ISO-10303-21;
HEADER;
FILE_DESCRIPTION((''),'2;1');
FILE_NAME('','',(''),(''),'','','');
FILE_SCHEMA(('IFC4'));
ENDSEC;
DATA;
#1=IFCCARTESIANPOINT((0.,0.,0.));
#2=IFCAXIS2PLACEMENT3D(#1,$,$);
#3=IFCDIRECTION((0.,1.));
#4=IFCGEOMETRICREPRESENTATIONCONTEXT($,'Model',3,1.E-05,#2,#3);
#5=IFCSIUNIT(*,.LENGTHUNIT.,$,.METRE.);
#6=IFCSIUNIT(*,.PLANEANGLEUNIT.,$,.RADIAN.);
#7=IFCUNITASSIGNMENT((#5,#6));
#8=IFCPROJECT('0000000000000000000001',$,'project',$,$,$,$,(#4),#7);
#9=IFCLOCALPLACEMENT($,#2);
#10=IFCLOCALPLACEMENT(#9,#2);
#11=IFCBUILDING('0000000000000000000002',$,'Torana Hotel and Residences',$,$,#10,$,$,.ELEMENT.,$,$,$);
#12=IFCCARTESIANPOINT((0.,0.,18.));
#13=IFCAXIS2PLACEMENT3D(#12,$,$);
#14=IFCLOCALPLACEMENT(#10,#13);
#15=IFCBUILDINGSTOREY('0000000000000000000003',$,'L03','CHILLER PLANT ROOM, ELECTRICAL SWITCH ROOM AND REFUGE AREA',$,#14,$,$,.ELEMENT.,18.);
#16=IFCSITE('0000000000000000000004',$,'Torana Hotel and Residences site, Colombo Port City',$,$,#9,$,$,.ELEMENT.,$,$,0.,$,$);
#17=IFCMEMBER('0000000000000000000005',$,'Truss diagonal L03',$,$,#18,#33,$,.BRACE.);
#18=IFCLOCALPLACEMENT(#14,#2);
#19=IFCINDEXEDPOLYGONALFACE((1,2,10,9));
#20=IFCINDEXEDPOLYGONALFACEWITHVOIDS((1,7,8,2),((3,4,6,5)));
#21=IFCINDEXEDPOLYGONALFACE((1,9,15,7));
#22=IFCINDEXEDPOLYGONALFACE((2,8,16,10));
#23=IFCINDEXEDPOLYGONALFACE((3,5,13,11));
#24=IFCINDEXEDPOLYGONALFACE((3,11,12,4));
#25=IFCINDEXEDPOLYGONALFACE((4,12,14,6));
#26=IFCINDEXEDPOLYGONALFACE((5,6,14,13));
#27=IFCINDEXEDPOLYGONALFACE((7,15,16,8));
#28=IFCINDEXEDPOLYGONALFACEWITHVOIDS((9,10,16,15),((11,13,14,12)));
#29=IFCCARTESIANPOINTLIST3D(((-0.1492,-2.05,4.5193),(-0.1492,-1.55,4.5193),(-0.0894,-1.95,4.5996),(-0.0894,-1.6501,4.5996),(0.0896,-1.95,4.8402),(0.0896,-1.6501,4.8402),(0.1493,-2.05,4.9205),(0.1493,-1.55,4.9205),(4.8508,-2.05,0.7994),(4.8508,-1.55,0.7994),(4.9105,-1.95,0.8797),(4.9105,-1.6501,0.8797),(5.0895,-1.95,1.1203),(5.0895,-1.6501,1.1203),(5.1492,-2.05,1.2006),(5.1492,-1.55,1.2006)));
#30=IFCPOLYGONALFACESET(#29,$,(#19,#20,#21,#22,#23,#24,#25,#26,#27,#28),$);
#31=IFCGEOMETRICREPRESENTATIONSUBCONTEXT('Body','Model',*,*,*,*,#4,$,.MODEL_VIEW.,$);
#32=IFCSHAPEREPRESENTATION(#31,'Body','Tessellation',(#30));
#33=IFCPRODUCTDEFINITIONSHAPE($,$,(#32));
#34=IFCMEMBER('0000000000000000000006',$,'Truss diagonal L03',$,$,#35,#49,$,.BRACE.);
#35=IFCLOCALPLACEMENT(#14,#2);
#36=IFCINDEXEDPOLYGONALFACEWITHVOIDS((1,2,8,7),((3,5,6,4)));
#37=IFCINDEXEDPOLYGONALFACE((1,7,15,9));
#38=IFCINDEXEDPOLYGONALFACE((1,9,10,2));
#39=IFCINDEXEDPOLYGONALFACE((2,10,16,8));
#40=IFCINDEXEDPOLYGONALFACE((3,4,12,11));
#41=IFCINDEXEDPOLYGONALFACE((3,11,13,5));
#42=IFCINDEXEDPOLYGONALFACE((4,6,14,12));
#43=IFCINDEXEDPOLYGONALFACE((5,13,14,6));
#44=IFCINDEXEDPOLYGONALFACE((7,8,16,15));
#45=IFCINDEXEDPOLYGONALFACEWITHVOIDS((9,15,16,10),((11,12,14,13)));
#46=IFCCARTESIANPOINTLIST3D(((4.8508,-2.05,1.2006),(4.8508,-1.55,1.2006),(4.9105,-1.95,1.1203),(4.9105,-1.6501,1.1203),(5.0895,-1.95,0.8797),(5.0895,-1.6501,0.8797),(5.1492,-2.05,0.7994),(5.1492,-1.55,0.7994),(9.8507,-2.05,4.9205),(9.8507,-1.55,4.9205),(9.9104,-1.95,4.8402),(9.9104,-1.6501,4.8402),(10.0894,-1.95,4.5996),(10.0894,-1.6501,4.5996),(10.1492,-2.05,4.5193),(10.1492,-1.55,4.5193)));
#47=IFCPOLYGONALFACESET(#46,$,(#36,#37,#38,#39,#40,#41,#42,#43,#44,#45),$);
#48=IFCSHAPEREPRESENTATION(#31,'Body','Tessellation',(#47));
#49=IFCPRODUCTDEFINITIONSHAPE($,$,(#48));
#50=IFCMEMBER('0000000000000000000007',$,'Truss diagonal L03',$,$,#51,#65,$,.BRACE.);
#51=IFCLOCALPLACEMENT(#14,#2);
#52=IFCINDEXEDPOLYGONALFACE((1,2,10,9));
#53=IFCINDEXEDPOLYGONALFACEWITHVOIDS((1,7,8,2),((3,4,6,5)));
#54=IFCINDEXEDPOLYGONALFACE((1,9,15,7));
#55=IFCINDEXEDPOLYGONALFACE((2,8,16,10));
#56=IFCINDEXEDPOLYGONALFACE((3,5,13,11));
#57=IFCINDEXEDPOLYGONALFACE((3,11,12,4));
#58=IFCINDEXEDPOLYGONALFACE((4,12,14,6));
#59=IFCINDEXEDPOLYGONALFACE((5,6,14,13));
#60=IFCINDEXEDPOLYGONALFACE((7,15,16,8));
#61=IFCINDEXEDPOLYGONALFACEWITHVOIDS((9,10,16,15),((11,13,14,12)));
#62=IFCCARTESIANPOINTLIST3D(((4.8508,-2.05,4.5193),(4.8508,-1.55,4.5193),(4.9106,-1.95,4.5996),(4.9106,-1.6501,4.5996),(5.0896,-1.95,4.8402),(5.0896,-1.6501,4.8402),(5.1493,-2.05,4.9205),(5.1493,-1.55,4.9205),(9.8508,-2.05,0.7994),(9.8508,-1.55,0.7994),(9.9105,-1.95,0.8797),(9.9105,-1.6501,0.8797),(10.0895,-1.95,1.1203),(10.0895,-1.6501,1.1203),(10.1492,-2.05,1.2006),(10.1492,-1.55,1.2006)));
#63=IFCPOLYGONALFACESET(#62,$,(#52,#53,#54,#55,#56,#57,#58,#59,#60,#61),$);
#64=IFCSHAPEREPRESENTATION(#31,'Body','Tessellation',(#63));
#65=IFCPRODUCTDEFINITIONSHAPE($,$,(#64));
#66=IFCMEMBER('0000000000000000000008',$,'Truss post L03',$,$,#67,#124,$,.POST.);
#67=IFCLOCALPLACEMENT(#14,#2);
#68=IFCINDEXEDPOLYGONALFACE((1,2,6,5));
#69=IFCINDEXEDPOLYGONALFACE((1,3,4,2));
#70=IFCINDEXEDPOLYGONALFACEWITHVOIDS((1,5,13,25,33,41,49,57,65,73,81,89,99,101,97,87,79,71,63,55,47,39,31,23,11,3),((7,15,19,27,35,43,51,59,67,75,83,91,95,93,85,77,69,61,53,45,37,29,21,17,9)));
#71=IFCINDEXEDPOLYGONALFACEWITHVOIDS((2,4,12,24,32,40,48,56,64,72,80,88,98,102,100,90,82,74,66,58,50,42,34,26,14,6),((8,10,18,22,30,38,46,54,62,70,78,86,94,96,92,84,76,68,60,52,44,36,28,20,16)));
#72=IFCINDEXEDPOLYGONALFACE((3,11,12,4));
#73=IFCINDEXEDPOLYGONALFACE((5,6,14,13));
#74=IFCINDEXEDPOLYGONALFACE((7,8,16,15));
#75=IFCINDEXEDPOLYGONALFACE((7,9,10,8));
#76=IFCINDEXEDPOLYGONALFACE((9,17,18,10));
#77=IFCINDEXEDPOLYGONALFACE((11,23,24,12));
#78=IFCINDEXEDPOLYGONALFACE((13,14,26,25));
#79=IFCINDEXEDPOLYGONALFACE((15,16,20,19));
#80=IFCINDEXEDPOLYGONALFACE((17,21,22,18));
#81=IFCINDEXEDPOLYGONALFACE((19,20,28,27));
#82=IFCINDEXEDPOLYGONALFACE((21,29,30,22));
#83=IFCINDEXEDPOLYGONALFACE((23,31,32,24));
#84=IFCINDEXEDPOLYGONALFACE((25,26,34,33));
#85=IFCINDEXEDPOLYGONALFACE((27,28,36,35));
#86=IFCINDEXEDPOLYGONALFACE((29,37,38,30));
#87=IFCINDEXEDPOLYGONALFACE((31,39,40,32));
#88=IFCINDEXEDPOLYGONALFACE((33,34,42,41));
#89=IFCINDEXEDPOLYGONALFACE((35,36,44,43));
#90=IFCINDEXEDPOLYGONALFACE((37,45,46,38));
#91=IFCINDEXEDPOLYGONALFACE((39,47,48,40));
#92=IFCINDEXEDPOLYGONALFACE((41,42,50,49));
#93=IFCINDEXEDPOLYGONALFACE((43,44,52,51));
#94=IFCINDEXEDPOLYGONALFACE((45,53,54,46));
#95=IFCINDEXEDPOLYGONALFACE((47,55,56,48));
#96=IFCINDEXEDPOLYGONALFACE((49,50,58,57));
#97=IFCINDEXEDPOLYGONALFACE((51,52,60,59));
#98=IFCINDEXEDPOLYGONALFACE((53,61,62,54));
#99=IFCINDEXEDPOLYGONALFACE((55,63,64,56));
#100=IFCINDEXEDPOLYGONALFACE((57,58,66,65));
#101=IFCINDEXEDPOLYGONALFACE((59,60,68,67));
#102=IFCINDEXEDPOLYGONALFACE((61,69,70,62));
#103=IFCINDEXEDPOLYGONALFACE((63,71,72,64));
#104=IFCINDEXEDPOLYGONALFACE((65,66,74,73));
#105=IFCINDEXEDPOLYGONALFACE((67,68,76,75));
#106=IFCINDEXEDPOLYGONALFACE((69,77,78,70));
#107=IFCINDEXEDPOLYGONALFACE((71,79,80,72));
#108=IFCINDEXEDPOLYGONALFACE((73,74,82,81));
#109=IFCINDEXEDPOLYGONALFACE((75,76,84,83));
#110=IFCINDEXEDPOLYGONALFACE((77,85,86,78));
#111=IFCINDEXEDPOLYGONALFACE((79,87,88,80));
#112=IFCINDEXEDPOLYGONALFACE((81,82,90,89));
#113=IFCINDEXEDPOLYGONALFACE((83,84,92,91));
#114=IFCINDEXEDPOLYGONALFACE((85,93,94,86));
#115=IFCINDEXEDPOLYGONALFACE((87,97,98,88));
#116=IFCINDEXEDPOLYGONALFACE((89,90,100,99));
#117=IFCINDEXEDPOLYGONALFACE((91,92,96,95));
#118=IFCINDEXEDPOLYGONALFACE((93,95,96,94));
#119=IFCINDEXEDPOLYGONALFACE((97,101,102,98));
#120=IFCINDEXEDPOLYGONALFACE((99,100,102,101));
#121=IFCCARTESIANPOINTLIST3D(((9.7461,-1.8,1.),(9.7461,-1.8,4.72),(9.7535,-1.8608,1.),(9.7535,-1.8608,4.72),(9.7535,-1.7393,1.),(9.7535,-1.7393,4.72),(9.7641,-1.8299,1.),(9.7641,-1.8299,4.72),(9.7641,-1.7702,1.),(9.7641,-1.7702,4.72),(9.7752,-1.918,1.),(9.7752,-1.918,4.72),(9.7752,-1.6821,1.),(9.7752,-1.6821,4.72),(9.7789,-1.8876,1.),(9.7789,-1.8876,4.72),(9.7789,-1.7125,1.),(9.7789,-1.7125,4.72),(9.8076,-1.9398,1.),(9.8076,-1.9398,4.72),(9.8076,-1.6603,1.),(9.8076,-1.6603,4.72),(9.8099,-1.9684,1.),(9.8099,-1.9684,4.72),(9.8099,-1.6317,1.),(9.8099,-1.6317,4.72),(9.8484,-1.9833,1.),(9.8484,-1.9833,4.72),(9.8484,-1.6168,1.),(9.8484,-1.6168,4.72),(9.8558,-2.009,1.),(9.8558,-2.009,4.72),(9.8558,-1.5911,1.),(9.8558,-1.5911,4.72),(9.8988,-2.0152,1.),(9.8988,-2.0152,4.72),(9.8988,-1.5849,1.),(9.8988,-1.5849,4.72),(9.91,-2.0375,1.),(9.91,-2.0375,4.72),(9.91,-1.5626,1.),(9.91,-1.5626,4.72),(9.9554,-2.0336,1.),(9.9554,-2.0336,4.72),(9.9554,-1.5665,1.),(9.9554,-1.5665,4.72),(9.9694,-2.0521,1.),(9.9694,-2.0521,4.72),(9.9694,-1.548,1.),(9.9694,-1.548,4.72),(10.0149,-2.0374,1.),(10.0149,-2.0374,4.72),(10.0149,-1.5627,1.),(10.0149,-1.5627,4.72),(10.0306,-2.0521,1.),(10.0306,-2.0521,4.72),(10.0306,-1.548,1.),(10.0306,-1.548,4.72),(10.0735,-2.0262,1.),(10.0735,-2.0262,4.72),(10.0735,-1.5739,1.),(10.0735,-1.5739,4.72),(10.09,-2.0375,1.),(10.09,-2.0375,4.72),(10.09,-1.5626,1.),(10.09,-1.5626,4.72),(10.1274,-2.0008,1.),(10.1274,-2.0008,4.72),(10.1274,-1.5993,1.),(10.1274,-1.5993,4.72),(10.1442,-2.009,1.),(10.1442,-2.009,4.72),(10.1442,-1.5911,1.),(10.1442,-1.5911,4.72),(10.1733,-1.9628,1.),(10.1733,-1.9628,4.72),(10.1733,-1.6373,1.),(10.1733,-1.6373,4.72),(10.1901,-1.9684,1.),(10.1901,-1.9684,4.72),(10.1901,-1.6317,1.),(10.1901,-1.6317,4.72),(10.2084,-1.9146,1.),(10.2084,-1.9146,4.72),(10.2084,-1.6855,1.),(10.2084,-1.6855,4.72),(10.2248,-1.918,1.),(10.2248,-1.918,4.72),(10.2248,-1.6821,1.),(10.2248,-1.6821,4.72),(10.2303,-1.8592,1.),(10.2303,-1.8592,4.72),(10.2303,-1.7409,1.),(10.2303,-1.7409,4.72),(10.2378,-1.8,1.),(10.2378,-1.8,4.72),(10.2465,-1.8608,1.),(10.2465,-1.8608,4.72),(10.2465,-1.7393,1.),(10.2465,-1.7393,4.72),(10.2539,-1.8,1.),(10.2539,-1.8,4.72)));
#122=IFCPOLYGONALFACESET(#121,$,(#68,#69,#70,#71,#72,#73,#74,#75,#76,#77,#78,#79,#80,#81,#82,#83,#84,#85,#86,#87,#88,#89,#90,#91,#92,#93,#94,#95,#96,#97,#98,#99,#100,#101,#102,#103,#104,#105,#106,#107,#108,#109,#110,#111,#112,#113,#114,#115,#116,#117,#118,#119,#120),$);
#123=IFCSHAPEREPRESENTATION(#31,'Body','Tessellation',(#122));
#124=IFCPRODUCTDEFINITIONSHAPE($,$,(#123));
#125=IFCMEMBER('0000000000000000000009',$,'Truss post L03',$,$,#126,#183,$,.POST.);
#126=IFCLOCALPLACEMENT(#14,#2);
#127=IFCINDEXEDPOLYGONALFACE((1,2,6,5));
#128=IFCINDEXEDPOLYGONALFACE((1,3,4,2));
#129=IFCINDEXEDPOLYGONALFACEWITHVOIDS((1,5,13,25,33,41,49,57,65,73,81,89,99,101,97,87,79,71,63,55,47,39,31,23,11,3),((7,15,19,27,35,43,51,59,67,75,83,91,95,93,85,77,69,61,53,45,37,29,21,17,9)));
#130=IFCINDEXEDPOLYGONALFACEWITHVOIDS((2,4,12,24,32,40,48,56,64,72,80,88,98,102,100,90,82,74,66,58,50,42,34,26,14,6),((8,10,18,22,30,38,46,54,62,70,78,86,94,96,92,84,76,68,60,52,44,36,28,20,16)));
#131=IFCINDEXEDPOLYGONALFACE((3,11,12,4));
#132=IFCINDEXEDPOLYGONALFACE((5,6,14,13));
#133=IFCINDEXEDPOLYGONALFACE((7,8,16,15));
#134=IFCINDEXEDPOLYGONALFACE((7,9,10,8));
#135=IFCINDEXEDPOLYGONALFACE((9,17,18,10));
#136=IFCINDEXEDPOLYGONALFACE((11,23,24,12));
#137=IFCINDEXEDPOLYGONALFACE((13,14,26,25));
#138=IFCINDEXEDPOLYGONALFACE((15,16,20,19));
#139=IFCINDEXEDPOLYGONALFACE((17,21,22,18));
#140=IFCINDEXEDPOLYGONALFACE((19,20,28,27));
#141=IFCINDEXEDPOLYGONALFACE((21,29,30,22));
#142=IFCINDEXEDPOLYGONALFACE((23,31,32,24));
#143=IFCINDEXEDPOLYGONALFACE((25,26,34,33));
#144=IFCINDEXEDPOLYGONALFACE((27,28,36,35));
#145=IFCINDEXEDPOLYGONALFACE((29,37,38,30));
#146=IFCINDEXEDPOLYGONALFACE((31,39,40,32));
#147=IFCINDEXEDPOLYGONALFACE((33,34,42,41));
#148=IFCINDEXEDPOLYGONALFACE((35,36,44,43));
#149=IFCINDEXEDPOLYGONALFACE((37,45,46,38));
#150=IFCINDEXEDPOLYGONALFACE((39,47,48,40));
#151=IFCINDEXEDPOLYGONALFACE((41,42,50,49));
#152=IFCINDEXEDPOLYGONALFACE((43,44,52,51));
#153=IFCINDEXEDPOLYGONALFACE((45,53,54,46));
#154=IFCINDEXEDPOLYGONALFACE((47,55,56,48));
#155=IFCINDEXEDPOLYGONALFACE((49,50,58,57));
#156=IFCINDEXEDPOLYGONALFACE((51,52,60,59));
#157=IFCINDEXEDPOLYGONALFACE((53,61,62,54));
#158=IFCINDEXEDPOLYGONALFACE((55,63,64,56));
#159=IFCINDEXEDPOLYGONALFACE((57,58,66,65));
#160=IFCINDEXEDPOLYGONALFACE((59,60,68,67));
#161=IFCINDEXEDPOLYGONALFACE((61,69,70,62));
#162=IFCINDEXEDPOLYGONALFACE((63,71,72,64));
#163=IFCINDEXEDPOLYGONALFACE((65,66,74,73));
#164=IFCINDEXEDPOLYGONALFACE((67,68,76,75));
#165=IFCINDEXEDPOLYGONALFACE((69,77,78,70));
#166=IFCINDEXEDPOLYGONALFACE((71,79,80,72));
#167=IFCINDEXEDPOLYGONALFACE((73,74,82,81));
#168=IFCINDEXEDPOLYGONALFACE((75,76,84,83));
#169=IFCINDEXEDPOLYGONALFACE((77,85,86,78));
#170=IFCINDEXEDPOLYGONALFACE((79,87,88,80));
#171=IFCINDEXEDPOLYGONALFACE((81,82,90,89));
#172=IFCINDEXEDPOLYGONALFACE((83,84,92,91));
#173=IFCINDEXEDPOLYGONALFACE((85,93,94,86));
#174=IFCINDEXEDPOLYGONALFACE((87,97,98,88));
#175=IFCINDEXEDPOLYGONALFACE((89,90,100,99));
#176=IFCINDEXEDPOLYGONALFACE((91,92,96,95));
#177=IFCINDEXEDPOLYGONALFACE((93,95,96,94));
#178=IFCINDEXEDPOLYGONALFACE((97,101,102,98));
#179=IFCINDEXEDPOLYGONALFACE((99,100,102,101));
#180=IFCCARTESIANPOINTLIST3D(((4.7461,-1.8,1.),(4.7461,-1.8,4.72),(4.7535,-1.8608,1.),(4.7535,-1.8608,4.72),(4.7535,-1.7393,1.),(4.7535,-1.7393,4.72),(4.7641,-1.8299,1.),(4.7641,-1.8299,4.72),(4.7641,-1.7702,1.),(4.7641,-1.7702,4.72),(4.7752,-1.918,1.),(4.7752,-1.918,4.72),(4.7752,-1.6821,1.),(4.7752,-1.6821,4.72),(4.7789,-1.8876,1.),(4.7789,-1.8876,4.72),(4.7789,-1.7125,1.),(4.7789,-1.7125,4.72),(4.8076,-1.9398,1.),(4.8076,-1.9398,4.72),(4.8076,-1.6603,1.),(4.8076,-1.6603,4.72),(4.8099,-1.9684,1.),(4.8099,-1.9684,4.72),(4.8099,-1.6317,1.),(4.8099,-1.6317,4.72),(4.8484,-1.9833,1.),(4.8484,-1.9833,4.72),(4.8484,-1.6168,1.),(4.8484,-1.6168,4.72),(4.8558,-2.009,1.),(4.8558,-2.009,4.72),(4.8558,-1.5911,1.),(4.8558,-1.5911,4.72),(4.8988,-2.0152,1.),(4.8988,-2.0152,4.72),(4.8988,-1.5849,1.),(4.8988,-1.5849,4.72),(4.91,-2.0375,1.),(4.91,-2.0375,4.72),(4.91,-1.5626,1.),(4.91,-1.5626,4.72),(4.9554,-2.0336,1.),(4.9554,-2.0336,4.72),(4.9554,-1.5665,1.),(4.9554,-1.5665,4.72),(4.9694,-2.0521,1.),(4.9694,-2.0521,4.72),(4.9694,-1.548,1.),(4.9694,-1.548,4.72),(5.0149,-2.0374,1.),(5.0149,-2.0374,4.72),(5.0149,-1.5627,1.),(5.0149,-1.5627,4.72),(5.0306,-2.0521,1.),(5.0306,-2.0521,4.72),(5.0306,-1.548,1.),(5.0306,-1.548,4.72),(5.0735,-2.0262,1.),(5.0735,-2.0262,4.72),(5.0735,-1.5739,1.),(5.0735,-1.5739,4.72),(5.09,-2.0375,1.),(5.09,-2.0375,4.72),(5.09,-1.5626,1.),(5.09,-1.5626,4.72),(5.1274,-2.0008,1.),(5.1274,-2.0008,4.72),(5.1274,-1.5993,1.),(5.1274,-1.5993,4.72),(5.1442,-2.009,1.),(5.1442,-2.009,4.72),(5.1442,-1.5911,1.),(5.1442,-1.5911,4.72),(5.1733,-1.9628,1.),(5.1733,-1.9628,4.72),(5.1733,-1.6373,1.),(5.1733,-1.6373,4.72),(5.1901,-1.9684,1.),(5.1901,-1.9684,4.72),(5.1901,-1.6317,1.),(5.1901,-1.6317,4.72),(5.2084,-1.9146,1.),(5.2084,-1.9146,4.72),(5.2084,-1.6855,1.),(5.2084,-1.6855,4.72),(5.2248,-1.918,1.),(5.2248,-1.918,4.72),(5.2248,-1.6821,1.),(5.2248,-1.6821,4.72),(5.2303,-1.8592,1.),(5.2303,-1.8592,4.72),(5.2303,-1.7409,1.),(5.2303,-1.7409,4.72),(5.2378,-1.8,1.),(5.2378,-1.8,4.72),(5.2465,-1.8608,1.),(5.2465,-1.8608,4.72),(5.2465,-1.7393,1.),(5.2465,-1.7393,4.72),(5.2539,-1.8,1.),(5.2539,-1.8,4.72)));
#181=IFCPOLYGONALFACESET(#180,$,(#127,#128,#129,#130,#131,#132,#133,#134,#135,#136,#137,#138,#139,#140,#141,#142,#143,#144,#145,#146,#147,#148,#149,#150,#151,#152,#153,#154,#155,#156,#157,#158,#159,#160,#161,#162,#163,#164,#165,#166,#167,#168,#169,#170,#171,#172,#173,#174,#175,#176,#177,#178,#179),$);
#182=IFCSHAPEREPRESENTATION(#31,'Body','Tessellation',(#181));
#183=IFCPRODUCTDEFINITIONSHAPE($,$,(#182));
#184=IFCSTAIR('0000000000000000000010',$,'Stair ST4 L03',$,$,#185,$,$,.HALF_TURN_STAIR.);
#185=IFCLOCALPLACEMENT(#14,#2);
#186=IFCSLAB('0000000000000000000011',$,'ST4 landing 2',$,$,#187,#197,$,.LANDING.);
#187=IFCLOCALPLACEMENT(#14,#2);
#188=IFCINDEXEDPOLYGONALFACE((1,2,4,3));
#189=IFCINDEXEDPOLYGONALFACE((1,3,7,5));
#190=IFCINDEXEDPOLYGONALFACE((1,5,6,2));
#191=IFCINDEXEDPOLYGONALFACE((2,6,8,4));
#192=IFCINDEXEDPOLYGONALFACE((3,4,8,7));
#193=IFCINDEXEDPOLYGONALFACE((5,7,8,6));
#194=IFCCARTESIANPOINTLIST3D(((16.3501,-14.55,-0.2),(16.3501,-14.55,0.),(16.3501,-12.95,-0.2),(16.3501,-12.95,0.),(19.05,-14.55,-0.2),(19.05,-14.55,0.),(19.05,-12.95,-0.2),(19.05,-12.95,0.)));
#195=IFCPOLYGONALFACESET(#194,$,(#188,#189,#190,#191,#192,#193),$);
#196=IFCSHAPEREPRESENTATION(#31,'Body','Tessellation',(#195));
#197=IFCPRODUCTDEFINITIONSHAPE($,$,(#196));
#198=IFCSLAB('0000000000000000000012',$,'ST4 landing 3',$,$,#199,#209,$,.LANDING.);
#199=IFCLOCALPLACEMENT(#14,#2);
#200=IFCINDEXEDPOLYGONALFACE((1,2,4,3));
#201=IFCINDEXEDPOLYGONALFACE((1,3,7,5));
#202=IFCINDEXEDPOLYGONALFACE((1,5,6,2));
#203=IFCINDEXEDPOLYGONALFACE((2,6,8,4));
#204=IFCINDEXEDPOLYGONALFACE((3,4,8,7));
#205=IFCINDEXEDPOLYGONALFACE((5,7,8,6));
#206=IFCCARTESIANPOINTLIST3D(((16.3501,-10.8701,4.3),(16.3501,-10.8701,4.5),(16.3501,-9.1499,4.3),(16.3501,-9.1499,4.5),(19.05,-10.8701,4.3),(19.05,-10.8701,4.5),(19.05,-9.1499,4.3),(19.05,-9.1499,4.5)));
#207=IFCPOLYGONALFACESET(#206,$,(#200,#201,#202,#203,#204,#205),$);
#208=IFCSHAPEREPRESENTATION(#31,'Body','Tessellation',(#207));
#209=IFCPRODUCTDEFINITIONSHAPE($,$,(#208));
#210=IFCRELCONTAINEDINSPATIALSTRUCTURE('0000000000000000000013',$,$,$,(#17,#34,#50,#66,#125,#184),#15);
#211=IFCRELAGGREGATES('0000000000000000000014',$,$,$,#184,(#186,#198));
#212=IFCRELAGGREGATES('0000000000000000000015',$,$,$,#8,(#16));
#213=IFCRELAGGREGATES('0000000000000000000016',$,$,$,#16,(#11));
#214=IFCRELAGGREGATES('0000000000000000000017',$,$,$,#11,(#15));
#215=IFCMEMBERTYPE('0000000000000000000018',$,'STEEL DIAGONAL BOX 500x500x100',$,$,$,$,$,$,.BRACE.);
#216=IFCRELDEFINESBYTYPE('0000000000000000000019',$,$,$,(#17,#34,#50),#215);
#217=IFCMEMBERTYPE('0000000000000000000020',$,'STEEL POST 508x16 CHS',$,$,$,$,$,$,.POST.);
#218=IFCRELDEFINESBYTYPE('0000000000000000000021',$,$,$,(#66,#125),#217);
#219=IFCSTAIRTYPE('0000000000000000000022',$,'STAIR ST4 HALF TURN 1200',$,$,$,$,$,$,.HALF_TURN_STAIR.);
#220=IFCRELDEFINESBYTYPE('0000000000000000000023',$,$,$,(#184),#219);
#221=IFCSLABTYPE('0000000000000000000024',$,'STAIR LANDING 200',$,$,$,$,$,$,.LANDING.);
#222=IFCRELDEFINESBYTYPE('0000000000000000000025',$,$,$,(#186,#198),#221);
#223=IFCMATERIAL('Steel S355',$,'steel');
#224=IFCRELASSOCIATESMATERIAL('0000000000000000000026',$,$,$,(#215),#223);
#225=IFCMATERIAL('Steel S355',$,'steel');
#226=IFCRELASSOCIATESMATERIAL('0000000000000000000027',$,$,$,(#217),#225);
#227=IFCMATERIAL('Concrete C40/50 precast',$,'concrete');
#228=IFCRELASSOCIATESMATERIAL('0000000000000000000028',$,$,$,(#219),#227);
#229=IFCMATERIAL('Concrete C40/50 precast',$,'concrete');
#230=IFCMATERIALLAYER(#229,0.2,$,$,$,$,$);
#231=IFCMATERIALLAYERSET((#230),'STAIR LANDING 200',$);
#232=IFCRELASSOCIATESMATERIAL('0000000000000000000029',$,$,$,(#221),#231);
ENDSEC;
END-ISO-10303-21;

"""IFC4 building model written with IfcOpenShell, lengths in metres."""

from ifc_helpers import new_model, si_unit, direction, frame, origin, origin_2d, place, context, subcontext, project, spatial, polyline, hollow_rectangle, hollow_circle, outline, extrude, material, layer, layer_set, material_profile, profile_set, type_object, element, aggregate, save


model = new_model("IFC4")

# Units and contexts
model_context = context("Model", 3, precision=1e-05, world=origin(), true_north=direction((0.0, 1.0)))
body_context = subcontext(model_context, "Body", "Model", "MODEL_VIEW")
ifc_project = project(units=[si_unit("LENGTHUNIT", "METRE"), si_unit("PLANEANGLEUNIT", "RADIAN")], contexts=[model_context])

# Site, building, storey
site_placement = place(None, origin())
site = spatial("IfcSite", under=ifc_project, at=site_placement, Name="Torana Hotel and Residences site, Colombo Port City", CompositionType="ELEMENT", RefElevation=0.0)
building_placement = place(site_placement, origin())
building = spatial("IfcBuilding", under=site, at=building_placement, Name="Torana Hotel and Residences", CompositionType="ELEMENT")
storey_placement = place(building_placement, frame((0.0, 0.0, 18.0)))
storey = spatial("IfcBuildingStorey", under=building, at=storey_placement, Name="L03", Description="CHILLER PLANT ROOM, ELECTRICAL SWITCH ROOM AND REFUGE AREA", CompositionType="ELEMENT", Elevation=18.0)

# Members
ifc_material_1 = material(Name="Steel S355", Category="steel")
ifc_material_profile_1 = material_profile(ifc_material_1, hollow_rectangle(XDim=0.5, YDim=0.5, WallThickness=0.1001, at=origin_2d()), Name="BOX 500x500x100")
ifc_profile_set_1 = profile_set([ifc_material_profile_1], Name="Steel S355")
member_type_1 = type_object("IfcMemberType", Name="STEEL DIAGONAL BOX 500x500x100", PredefinedType="BRACE", material=ifc_profile_set_1)
for number, where, z_axis, x_axis, name in (
    (1, (5.0, -1.8, 1.0), (-0.802307, 0.0, 0.596912), (0.0, -1.0, 0.0), "Truss diagonal L03"),
    (2, (5.0, -1.8, 1.0), (0.802307, 0.0, 0.596912), (0.0, 1.0, 0.0), "Truss diagonal L03"),
    (3, (10.0, -1.8, 1.0), (-0.802307, 0.0, 0.596912), (0.0, -1.0, 0.0), "Truss diagonal L03"),
):
    element("IfcMember", number, at=place(storey_placement, frame(where, z_axis=z_axis, x_axis=x_axis)), inside=storey, type_object=member_type_1, Name=name, PredefinedType="BRACE", context=body_context, shape_type="SweptSolid", body=[
        extrude(hollow_rectangle(XDim=0.5, YDim=0.5, WallThickness=0.1001, at=origin_2d()), origin(), (0.0, 0.0, 1.0), 6.2319),
    ])
ifc_material_2 = material(Name="Steel S355", Category="steel")
ifc_material_profile_2 = material_profile(ifc_material_2, hollow_circle(Radius=0.2539, WallThickness=0.0161, at=origin_2d()), Name="508x16 CHS")
ifc_profile_set_2 = profile_set([ifc_material_profile_2], Name="Steel S355")
member_type_2 = type_object("IfcMemberType", Name="STEEL POST 508x16 CHS", PredefinedType="POST", material=ifc_profile_set_2)
for number, where, z_axis, x_axis, name in (
    (4, (10.0, -1.8, 1.0), (0.0, 0.0, 1.0), (1.0, 0.0, 0.0), "Truss post L03"),
    (5, (5.0, -1.8, 1.0), (0.0, 0.0, 1.0), (1.0, 0.0, 0.0), "Truss post L03"),
):
    element("IfcMember", number, at=place(storey_placement, frame(where, z_axis=z_axis, x_axis=x_axis)), inside=storey, type_object=member_type_2, Name=name, PredefinedType="POST", context=body_context, shape_type="SweptSolid", body=[
        extrude(hollow_circle(Radius=0.2539, WallThickness=0.0161, at=origin_2d()), origin(), (0.0, 0.0, 1.0), 3.72),
    ])

# Stair, slabs
ifc_material_3 = material(Name="Concrete C40/50 precast", Category="concrete")
stair_type = type_object("IfcStairType", Name="STAIR ST4 HALF TURN 1200", PredefinedType="HALF_TURN_STAIR", material=ifc_material_3)
stair_placement = place(storey_placement, origin())
stair = element("IfcStair", 6, at=stair_placement, inside=storey, type_object=stair_type, Name="Stair ST4 L03", PredefinedType="HALF_TURN_STAIR")
ifc_material_4 = material(Name="Concrete C40/50 precast", Category="concrete")
ifc_layer_1 = layer(ifc_material_4, 0.2)
ifc_layer_set_1 = layer_set([ifc_layer_1], Name="STAIR LANDING 200")
slab_type = type_object("IfcSlabType", Name="STAIR LANDING 200", PredefinedType="LANDING", material=ifc_layer_set_1)
slab_1_placement = place(storey_placement, frame((0.0, 0.0, -0.2)))
slab_1 = element("IfcSlab", 7, at=slab_1_placement, type_object=slab_type, Name="ST4 landing 2", PredefinedType="LANDING", context=body_context, shape_type="SweptSolid", body=[
    extrude(outline(polyline([(16.3501, -14.55), (19.05, -14.55), (19.05, -12.95), (16.3501, -12.95), (16.3501, -14.55)])), origin(), (0.0, 0.0, 1.0), 0.2),
])
slab_2_placement = place(storey_placement, frame((0.0, 0.0, 4.3)))
slab_2 = element("IfcSlab", 8, at=slab_2_placement, type_object=slab_type, Name="ST4 landing 3", PredefinedType="LANDING", context=body_context, shape_type="SweptSolid", body=[
    extrude(outline(polyline([(16.3501, -10.8701), (19.05, -10.8701), (19.05, -9.1499), (16.3501, -9.1499), (16.3501, -10.8701)])), origin(), (0.0, 0.0, 1.0), 0.2),
])
aggregate(stair, [slab_1, slab_2])

save(model, "model.ifc")
